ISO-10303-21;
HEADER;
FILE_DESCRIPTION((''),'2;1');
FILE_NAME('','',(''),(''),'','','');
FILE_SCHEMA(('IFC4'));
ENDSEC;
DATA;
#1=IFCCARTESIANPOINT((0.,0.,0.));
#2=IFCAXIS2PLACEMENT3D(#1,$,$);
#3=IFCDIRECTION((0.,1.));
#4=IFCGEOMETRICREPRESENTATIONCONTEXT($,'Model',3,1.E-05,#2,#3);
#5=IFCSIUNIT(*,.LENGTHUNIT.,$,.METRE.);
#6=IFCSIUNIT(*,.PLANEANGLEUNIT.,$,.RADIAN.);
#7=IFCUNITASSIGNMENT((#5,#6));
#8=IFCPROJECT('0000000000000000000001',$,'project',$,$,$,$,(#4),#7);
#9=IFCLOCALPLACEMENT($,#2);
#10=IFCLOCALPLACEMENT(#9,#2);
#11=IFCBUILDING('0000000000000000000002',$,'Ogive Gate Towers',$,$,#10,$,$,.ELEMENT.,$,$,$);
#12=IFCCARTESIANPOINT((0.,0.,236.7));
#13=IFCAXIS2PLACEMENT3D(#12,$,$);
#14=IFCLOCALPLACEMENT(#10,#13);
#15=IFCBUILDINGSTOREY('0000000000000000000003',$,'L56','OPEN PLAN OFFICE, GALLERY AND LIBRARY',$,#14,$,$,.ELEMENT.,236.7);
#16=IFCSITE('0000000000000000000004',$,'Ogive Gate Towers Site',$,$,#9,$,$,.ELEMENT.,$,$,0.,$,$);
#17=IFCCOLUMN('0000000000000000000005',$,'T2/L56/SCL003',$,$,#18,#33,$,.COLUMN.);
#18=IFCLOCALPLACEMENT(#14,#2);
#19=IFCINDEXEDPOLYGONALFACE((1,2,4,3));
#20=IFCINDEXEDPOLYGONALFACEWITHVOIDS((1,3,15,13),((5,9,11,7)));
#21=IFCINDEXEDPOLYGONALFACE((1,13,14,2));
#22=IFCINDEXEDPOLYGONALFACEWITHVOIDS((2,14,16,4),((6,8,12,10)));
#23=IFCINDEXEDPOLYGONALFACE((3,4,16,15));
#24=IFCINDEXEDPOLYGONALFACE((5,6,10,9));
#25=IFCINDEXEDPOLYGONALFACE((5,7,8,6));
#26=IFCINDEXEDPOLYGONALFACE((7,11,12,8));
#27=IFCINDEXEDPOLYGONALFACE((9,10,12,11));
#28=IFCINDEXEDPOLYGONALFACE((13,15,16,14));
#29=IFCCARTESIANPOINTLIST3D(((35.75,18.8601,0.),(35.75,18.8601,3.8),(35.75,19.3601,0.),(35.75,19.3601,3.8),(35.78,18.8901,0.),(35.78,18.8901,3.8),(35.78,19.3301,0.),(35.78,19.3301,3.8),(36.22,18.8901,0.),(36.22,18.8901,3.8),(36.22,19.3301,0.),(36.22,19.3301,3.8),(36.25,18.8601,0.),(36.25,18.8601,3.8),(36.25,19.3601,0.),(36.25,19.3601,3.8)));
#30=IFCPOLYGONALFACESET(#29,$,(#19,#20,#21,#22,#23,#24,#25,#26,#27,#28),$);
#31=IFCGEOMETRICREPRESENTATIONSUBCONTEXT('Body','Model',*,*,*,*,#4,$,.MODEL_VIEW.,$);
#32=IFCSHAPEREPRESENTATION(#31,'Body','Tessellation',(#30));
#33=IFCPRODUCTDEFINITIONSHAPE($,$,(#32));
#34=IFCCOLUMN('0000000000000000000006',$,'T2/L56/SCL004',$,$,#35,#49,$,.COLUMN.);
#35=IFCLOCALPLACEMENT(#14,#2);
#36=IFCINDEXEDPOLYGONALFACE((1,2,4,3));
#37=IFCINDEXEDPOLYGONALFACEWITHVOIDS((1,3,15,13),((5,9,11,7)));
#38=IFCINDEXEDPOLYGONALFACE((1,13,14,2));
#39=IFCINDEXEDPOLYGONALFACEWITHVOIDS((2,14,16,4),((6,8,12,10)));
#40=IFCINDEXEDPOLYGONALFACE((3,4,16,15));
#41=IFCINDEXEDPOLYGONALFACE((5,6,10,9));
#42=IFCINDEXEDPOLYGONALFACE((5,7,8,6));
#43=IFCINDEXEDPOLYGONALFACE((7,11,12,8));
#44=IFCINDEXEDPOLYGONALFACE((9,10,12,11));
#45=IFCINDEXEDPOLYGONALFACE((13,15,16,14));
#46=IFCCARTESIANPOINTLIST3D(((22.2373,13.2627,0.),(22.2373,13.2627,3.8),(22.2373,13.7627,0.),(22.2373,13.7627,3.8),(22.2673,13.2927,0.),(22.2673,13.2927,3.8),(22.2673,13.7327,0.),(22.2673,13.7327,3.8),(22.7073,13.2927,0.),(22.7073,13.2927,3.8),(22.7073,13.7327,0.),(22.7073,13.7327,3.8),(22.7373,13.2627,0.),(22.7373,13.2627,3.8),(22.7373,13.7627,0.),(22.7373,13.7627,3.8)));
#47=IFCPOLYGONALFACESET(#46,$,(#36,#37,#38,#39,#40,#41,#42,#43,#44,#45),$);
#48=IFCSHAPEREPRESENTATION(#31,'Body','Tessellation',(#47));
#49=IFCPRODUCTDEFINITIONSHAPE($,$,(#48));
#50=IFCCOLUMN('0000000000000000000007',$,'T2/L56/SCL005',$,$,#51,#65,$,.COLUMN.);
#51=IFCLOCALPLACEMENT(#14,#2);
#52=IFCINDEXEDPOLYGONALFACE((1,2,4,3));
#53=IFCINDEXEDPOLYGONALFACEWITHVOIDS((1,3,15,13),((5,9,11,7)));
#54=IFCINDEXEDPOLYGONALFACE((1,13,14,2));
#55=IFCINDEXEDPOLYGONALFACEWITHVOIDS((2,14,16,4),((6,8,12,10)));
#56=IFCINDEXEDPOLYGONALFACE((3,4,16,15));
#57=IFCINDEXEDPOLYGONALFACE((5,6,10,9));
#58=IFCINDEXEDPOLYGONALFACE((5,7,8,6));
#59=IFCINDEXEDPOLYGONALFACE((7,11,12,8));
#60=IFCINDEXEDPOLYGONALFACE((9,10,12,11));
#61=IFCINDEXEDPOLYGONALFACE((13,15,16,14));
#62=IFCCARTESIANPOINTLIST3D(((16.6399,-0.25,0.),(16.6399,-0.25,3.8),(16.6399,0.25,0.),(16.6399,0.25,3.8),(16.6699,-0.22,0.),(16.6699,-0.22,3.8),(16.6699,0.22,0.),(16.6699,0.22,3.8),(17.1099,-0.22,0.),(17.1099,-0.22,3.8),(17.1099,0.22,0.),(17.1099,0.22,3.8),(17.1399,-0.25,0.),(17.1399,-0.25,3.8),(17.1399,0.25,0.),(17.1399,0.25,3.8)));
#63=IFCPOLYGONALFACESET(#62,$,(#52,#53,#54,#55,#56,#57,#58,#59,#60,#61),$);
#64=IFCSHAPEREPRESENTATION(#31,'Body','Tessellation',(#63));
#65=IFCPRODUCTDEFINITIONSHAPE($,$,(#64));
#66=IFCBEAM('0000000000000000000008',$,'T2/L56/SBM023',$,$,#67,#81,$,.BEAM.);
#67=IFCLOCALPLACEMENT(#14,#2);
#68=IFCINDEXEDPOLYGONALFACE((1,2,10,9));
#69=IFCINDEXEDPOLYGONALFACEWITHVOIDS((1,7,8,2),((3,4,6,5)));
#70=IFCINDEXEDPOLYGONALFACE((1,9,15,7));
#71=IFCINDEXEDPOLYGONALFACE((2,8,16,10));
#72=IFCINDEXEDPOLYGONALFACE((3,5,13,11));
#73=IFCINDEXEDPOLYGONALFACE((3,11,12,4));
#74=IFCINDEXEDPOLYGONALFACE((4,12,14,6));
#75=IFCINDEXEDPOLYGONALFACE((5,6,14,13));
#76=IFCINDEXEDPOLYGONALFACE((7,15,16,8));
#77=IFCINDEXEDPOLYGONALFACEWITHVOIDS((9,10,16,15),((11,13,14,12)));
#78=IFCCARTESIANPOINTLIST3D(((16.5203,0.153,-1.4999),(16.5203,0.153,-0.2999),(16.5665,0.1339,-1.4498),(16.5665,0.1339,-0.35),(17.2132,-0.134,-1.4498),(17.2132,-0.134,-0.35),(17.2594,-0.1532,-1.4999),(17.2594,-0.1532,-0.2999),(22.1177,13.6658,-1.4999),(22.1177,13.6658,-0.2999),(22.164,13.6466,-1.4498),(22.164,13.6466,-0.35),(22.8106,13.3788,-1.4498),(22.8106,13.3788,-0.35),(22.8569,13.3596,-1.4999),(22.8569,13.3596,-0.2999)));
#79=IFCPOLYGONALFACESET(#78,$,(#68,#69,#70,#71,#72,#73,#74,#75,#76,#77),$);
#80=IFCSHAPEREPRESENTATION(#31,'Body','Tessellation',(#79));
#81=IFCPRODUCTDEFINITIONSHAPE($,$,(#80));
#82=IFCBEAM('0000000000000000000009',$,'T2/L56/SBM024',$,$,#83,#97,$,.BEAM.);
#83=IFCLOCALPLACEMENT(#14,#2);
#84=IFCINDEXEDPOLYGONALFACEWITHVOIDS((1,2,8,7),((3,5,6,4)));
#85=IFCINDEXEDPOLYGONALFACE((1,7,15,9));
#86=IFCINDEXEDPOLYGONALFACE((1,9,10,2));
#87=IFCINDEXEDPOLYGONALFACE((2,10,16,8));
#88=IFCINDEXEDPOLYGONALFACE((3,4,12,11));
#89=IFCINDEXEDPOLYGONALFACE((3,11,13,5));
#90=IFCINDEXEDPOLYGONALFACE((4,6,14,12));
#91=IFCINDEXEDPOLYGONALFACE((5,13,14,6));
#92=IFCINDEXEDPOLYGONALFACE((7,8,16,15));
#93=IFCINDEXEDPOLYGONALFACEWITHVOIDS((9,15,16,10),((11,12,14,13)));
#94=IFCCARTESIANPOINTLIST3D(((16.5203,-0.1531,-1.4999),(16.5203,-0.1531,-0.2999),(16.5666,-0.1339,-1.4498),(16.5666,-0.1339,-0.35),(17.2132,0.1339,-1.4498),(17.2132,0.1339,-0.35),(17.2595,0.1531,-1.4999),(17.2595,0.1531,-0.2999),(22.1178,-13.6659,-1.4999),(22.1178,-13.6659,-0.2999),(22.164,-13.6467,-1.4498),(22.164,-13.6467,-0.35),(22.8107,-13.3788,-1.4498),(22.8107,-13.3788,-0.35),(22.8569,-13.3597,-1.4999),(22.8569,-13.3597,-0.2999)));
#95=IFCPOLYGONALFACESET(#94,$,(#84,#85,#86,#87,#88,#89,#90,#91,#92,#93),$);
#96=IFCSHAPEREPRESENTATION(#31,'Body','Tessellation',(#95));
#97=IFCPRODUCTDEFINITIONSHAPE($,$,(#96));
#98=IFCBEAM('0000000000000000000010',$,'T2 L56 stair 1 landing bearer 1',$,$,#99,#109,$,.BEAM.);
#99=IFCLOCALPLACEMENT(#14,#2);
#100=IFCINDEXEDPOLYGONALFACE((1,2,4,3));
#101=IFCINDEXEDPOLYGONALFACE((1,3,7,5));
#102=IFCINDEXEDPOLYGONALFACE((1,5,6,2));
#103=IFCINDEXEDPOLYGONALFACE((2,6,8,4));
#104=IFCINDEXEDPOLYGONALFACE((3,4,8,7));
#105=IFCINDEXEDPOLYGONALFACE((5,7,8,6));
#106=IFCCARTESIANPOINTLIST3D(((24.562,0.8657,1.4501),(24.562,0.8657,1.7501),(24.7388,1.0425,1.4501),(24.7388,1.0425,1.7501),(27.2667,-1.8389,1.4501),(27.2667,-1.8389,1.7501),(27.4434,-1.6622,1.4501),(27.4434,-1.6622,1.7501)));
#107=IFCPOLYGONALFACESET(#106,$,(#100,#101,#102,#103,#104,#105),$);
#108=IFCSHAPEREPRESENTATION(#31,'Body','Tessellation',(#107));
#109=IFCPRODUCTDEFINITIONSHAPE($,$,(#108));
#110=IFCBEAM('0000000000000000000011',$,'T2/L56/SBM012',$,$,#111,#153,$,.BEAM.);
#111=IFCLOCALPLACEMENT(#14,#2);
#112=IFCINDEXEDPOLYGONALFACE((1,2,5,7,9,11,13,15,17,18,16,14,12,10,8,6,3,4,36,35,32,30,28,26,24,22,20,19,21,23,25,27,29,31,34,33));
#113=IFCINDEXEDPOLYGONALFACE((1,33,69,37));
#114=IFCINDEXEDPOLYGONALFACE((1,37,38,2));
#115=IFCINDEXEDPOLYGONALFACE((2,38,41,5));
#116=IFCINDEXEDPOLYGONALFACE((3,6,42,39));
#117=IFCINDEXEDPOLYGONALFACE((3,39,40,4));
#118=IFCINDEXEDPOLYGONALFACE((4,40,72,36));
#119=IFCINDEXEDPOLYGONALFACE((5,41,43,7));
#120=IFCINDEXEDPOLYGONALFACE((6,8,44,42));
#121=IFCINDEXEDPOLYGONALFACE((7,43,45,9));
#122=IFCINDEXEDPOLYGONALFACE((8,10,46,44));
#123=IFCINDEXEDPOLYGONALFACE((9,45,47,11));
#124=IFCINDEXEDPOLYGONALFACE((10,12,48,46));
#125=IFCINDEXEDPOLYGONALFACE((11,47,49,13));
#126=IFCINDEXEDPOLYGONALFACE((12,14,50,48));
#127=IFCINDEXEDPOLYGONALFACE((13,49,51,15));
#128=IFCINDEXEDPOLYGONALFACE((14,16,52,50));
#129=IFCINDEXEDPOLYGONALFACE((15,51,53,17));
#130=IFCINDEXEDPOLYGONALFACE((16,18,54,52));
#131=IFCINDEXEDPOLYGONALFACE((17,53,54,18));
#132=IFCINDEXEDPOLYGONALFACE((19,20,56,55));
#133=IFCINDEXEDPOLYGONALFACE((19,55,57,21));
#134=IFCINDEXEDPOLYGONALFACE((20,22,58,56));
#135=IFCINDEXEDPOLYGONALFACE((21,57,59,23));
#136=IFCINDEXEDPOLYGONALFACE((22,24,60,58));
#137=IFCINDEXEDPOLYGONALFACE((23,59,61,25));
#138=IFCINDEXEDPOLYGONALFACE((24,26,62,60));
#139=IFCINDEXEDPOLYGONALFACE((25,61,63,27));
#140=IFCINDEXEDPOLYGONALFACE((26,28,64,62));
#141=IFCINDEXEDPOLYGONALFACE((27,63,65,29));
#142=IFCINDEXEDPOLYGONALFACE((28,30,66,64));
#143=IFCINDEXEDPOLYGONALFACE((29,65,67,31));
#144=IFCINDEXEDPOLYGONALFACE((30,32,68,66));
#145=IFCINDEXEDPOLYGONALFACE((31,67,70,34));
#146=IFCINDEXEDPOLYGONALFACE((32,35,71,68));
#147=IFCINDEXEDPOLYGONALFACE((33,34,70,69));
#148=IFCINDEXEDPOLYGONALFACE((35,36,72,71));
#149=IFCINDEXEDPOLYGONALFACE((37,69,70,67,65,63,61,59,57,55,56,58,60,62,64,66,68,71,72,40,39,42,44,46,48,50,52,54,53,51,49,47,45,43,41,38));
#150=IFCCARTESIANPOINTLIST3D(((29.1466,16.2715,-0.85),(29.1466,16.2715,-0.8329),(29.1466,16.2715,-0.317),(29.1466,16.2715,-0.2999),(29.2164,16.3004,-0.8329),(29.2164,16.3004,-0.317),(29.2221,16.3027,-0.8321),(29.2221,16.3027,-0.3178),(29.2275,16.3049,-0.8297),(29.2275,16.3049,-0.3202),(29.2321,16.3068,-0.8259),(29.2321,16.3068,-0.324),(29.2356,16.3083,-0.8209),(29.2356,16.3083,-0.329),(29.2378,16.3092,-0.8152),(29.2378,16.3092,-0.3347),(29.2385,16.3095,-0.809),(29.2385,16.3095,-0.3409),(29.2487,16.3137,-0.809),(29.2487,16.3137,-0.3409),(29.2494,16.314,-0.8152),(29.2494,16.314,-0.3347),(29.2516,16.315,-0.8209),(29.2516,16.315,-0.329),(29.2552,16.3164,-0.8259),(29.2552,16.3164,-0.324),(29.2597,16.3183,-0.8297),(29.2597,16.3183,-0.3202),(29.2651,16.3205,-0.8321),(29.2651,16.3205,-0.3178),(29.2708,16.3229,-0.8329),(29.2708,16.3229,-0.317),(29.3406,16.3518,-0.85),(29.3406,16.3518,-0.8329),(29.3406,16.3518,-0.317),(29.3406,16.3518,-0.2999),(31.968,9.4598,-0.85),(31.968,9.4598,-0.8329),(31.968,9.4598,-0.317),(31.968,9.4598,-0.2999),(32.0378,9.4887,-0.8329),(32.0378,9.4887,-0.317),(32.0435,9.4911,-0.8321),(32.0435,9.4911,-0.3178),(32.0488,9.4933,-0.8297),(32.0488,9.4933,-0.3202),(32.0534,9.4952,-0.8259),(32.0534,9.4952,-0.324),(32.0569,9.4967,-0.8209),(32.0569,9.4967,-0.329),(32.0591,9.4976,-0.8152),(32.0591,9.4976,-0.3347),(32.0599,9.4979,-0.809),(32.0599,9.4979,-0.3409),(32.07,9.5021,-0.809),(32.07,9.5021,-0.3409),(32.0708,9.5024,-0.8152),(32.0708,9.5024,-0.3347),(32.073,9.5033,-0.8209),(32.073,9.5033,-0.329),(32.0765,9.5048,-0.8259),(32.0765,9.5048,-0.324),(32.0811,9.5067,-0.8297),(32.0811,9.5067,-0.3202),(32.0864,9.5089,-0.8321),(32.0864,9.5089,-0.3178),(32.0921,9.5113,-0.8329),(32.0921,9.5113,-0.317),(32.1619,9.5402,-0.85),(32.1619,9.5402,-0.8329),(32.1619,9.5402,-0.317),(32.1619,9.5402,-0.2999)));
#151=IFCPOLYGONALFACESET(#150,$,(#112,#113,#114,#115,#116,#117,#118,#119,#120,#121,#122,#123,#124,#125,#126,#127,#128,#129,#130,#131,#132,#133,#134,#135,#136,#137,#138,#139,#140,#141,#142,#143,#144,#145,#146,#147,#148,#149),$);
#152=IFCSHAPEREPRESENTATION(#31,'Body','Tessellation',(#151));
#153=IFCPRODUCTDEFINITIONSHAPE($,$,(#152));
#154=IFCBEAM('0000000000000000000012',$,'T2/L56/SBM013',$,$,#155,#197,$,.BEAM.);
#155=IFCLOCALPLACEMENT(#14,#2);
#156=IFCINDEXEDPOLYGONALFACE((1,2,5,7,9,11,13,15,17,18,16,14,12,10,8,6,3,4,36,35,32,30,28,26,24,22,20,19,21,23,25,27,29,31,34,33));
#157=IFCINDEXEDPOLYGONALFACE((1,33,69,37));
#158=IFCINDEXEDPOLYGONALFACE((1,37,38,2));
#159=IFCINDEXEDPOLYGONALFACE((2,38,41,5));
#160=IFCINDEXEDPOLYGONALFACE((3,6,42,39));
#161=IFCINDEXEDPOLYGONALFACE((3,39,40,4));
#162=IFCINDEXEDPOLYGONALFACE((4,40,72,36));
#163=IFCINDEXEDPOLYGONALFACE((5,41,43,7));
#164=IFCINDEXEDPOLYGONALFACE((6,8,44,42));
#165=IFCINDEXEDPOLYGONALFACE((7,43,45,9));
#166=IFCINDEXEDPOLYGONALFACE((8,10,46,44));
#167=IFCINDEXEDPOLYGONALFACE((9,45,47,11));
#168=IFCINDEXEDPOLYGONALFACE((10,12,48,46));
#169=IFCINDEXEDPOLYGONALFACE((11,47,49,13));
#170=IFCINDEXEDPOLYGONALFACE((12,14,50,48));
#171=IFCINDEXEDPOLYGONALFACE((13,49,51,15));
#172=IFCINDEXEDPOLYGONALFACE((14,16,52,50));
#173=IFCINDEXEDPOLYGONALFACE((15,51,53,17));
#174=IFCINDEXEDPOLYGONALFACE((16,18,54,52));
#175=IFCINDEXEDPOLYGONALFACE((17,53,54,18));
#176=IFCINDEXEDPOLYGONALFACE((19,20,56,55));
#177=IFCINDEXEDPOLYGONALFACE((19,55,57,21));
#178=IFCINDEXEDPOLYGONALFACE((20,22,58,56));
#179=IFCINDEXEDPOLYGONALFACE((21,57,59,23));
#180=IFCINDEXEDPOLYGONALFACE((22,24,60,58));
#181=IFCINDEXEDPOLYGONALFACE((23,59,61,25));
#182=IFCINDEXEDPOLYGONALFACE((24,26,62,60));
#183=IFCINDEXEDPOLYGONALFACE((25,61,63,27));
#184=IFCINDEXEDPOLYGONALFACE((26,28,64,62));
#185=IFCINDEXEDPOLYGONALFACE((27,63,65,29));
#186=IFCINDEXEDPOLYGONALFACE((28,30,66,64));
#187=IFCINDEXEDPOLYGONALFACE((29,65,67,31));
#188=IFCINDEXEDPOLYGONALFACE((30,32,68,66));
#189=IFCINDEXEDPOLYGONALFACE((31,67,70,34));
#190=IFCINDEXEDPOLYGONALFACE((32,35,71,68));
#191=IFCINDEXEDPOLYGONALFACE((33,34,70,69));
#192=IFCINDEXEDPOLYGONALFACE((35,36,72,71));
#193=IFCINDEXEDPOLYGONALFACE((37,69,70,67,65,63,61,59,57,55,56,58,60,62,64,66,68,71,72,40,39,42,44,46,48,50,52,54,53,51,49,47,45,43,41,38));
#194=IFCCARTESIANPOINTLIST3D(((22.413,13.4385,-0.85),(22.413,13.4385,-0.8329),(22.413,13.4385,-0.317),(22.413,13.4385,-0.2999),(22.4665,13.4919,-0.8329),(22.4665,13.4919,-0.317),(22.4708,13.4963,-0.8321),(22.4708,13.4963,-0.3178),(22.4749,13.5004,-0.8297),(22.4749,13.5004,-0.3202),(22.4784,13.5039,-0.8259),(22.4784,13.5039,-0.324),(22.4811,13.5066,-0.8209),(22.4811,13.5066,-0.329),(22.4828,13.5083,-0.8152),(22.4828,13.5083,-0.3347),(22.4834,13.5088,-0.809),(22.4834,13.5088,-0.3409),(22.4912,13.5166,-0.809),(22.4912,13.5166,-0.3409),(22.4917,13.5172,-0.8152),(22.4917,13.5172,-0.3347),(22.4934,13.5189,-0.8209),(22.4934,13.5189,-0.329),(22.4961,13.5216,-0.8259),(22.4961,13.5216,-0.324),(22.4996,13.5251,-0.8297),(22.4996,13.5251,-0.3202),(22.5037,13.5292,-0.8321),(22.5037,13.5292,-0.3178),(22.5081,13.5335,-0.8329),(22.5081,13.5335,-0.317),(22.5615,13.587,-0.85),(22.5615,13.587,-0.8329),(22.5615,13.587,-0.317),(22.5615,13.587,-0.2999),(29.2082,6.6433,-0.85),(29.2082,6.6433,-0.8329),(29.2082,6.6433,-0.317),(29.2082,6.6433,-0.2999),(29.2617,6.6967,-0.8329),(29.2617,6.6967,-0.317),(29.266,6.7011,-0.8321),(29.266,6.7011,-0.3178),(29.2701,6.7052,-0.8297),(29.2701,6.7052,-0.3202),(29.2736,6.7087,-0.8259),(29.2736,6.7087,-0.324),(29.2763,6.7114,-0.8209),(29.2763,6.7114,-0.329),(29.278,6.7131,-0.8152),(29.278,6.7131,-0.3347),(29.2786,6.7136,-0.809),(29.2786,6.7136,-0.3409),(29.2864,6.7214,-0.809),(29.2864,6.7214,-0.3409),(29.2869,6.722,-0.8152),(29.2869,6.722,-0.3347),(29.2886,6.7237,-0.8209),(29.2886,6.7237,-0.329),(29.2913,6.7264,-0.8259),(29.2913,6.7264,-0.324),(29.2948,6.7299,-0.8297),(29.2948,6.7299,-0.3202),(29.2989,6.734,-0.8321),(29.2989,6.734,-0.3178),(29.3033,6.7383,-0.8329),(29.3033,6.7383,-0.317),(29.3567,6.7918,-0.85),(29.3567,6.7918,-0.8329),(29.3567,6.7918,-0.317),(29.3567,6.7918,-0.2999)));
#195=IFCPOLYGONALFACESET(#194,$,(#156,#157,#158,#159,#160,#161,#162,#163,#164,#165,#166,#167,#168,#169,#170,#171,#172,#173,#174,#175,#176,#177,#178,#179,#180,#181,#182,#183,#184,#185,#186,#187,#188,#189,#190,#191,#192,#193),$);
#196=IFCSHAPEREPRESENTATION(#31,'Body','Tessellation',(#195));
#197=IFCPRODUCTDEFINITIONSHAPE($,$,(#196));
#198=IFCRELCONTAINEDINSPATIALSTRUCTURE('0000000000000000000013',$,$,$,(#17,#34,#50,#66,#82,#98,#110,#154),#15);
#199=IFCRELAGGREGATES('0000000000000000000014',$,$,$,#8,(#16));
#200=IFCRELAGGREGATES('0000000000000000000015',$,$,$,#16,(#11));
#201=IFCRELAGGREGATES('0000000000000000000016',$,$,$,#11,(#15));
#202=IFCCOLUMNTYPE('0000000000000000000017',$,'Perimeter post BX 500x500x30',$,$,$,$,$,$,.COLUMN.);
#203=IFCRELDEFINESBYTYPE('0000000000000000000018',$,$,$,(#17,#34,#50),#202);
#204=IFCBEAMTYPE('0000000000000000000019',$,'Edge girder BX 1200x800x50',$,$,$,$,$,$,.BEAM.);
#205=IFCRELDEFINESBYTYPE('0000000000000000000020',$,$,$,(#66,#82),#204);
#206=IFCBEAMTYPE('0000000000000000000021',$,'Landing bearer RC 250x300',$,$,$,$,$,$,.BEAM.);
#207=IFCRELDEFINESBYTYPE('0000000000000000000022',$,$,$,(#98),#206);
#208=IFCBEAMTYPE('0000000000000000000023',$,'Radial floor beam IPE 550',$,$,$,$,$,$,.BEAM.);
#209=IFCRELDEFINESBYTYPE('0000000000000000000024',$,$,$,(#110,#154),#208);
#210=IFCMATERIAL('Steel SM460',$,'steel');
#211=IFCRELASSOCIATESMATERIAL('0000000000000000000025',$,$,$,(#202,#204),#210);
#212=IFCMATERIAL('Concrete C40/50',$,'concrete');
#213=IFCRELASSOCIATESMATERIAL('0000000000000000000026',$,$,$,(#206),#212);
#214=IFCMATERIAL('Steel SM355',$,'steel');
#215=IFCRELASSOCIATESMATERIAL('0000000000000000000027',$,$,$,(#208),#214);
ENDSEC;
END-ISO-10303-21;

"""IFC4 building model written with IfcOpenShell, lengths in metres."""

from ifc_helpers import new_model, si_unit, direction, frame, origin, origin_2d, place, context, subcontext, project, spatial, rectangle, hollow_rectangle, i_section, extrude, material, material_profile, profile_set, type_object, element, save


model = new_model("IFC4")

# Units and contexts
model_context = context("Model", 3, precision=1e-05, world=origin(), true_north=direction((0.0, 1.0)))
body_context = subcontext(model_context, "Body", "Model", "MODEL_VIEW")
ifc_project = project(units=[si_unit("LENGTHUNIT", "METRE"), si_unit("PLANEANGLEUNIT", "RADIAN")], contexts=[model_context])

# Site, building, storey
site_placement = place(None, origin())
site = spatial("IfcSite", under=ifc_project, at=site_placement, Name="Ogive Gate Towers Site", CompositionType="ELEMENT", RefElevation=0.0)
building_placement = place(site_placement, origin())
building = spatial("IfcBuilding", under=site, at=building_placement, Name="Ogive Gate Towers", CompositionType="ELEMENT")
storey_placement = place(building_placement, frame((0.0, 0.0, 236.7)))
storey = spatial("IfcBuildingStorey", under=building, at=storey_placement, Name="L56", Description="OPEN PLAN OFFICE, GALLERY AND LIBRARY", CompositionType="ELEMENT", Elevation=236.7)

# Columns
ifc_material_1 = material(Name="Steel SM460", Category="steel")
ifc_material_profile_1 = material_profile(ifc_material_1, hollow_rectangle(XDim=0.5, YDim=0.5, WallThickness=0.03, at=origin_2d()), Name="BX 500x500x30")
ifc_profile_set_1 = profile_set([ifc_material_profile_1], Name="Steel SM460")
column_type = type_object("IfcColumnType", Name="Perimeter post BX 500x500x30", PredefinedType="COLUMN", material=ifc_profile_set_1)
for number, where, z_axis, x_axis, name in (
    (1, (36.0, 19.1101, 0.0), (0.0, 0.0, 1.0), (1.0, 0.0, 0.0), "T2/L56/SCL003"),
    (2, (22.4873, 13.5127, 0.0), (0.0, 0.0, 1.0), (1.0, 0.0, 0.0), "T2/L56/SCL004"),
    (3, (16.8899, 0.0, 0.0), (0.0, 0.0, 1.0), (1.0, 0.0, 0.0), "T2/L56/SCL005"),
):
    element("IfcColumn", number, at=place(storey_placement, frame(where, z_axis=z_axis, x_axis=x_axis)), inside=storey, type_object=column_type, Name=name, PredefinedType="COLUMN", context=body_context, shape_type="SweptSolid", body=[
        extrude(hollow_rectangle(XDim=0.5, YDim=0.5, WallThickness=0.03, at=origin_2d()), origin(), (0.0, 0.0, 1.0), 3.8),
    ])

# Beams
ifc_material_profile_2 = material_profile(ifc_material_1, hollow_rectangle(XDim=0.8, YDim=1.2, WallThickness=0.05, at=origin_2d()), Name="BX 1200x800x50")
ifc_profile_set_2 = profile_set([ifc_material_profile_2], Name="Steel SM460")
beam_type_1 = type_object("IfcBeamType", Name="Edge girder BX 1200x800x50", PredefinedType="BEAM", material=ifc_profile_set_2)
for number, where, z_axis, x_axis, name in (
    (4, (22.4873, 13.5127, -0.8999), (-0.382699, -0.923873, 0.0), (0.923873, -0.382699, 0.0), "T2/L56/SBM023"),
    (5, (16.8899, 0.0, -0.8999), (0.382699, -0.923873, 0.0), (0.923873, 0.382699, 0.0), "T2/L56/SBM024"),
):
    element("IfcBeam", number, at=place(storey_placement, frame(where, z_axis=z_axis, x_axis=x_axis)), inside=storey, type_object=beam_type_1, Name=name, PredefinedType="BEAM", context=body_context, shape_type="SweptSolid", body=[
        extrude(hollow_rectangle(XDim=0.8, YDim=1.2, WallThickness=0.05, at=origin_2d()), origin(), (0.0, 0.0, 1.0), 14.6262),
    ])
ifc_material_2 = material(Name="Concrete C40/50", Category="concrete")
ifc_material_profile_3 = material_profile(ifc_material_2, rectangle(XDim=0.25, YDim=0.3, at=origin_2d()), Name="RC 250x300")
ifc_profile_set_3 = profile_set([ifc_material_profile_3], Name="Concrete C40/50")
beam_type_2 = type_object("IfcBeamType", Name="Landing bearer RC 250x300", PredefinedType="BEAM", material=ifc_profile_set_3)
beam_1_placement = place(storey_placement, frame((24.6504, 0.9541, 1.6001), z_axis=(0.707107, -0.707107, 0.0), x_axis=(0.707107, 0.707107, 0.0)))
element("IfcBeam", 6, at=beam_1_placement, inside=storey, type_object=beam_type_2, Name="T2 L56 stair 1 landing bearer 1", PredefinedType="BEAM", context=body_context, shape_type="SweptSolid", body=[
    extrude(rectangle(XDim=0.25, YDim=0.3, at=origin_2d()), origin(), (0.0, 0.0, 1.0), 3.825),
])
ifc_material_3 = material(Name="Steel SM355", Category="steel")
ifc_material_profile_4 = material_profile(ifc_material_3, i_section(OverallWidth=0.21, OverallDepth=0.55, WebThickness=0.011, FlangeThickness=0.0171, FilletRadius=0.0239, at=origin_2d()), Name="IPE 550")
ifc_profile_set_4 = profile_set([ifc_material_profile_4], Name="Steel SM355")
beam_type_3 = type_object("IfcBeamType", Name="Radial floor beam IPE 550", PredefinedType="BEAM", material=ifc_profile_set_4)
beam_2_placement = place(storey_placement, frame((32.0649, 9.5, -0.575), z_axis=(-0.382668, 0.923886, 0.0), x_axis=(-0.923886, -0.382668, 0.0)))
element("IfcBeam", 7, at=beam_2_placement, inside=storey, type_object=beam_type_3, Name="T2/L56/SBM012", PredefinedType="BEAM", context=body_context, shape_type="SweptSolid", body=[
    extrude(i_section(OverallWidth=0.21, OverallDepth=0.55, WebThickness=0.011, FlangeThickness=0.0171, FilletRadius=0.0239, at=origin_2d()), origin(), (0.0, 0.0, 1.0), 7.3728),
])
beam_3_placement = place(storey_placement, frame((29.2825, 6.7175, -0.575), z_axis=(-0.707107, 0.707107, 0.0), x_axis=(-0.707107, -0.707107, 0.0)))
element("IfcBeam", 8, at=beam_3_placement, inside=storey, type_object=beam_type_3, Name="T2/L56/SBM013", PredefinedType="BEAM", context=body_context, shape_type="SweptSolid", body=[
    extrude(i_section(OverallWidth=0.21, OverallDepth=0.55, WebThickness=0.011, FlangeThickness=0.0171, FilletRadius=0.0239, at=origin_2d()), origin(), (0.0, 0.0, 1.0), 9.6099),
])

save(model, "model.ifc")
